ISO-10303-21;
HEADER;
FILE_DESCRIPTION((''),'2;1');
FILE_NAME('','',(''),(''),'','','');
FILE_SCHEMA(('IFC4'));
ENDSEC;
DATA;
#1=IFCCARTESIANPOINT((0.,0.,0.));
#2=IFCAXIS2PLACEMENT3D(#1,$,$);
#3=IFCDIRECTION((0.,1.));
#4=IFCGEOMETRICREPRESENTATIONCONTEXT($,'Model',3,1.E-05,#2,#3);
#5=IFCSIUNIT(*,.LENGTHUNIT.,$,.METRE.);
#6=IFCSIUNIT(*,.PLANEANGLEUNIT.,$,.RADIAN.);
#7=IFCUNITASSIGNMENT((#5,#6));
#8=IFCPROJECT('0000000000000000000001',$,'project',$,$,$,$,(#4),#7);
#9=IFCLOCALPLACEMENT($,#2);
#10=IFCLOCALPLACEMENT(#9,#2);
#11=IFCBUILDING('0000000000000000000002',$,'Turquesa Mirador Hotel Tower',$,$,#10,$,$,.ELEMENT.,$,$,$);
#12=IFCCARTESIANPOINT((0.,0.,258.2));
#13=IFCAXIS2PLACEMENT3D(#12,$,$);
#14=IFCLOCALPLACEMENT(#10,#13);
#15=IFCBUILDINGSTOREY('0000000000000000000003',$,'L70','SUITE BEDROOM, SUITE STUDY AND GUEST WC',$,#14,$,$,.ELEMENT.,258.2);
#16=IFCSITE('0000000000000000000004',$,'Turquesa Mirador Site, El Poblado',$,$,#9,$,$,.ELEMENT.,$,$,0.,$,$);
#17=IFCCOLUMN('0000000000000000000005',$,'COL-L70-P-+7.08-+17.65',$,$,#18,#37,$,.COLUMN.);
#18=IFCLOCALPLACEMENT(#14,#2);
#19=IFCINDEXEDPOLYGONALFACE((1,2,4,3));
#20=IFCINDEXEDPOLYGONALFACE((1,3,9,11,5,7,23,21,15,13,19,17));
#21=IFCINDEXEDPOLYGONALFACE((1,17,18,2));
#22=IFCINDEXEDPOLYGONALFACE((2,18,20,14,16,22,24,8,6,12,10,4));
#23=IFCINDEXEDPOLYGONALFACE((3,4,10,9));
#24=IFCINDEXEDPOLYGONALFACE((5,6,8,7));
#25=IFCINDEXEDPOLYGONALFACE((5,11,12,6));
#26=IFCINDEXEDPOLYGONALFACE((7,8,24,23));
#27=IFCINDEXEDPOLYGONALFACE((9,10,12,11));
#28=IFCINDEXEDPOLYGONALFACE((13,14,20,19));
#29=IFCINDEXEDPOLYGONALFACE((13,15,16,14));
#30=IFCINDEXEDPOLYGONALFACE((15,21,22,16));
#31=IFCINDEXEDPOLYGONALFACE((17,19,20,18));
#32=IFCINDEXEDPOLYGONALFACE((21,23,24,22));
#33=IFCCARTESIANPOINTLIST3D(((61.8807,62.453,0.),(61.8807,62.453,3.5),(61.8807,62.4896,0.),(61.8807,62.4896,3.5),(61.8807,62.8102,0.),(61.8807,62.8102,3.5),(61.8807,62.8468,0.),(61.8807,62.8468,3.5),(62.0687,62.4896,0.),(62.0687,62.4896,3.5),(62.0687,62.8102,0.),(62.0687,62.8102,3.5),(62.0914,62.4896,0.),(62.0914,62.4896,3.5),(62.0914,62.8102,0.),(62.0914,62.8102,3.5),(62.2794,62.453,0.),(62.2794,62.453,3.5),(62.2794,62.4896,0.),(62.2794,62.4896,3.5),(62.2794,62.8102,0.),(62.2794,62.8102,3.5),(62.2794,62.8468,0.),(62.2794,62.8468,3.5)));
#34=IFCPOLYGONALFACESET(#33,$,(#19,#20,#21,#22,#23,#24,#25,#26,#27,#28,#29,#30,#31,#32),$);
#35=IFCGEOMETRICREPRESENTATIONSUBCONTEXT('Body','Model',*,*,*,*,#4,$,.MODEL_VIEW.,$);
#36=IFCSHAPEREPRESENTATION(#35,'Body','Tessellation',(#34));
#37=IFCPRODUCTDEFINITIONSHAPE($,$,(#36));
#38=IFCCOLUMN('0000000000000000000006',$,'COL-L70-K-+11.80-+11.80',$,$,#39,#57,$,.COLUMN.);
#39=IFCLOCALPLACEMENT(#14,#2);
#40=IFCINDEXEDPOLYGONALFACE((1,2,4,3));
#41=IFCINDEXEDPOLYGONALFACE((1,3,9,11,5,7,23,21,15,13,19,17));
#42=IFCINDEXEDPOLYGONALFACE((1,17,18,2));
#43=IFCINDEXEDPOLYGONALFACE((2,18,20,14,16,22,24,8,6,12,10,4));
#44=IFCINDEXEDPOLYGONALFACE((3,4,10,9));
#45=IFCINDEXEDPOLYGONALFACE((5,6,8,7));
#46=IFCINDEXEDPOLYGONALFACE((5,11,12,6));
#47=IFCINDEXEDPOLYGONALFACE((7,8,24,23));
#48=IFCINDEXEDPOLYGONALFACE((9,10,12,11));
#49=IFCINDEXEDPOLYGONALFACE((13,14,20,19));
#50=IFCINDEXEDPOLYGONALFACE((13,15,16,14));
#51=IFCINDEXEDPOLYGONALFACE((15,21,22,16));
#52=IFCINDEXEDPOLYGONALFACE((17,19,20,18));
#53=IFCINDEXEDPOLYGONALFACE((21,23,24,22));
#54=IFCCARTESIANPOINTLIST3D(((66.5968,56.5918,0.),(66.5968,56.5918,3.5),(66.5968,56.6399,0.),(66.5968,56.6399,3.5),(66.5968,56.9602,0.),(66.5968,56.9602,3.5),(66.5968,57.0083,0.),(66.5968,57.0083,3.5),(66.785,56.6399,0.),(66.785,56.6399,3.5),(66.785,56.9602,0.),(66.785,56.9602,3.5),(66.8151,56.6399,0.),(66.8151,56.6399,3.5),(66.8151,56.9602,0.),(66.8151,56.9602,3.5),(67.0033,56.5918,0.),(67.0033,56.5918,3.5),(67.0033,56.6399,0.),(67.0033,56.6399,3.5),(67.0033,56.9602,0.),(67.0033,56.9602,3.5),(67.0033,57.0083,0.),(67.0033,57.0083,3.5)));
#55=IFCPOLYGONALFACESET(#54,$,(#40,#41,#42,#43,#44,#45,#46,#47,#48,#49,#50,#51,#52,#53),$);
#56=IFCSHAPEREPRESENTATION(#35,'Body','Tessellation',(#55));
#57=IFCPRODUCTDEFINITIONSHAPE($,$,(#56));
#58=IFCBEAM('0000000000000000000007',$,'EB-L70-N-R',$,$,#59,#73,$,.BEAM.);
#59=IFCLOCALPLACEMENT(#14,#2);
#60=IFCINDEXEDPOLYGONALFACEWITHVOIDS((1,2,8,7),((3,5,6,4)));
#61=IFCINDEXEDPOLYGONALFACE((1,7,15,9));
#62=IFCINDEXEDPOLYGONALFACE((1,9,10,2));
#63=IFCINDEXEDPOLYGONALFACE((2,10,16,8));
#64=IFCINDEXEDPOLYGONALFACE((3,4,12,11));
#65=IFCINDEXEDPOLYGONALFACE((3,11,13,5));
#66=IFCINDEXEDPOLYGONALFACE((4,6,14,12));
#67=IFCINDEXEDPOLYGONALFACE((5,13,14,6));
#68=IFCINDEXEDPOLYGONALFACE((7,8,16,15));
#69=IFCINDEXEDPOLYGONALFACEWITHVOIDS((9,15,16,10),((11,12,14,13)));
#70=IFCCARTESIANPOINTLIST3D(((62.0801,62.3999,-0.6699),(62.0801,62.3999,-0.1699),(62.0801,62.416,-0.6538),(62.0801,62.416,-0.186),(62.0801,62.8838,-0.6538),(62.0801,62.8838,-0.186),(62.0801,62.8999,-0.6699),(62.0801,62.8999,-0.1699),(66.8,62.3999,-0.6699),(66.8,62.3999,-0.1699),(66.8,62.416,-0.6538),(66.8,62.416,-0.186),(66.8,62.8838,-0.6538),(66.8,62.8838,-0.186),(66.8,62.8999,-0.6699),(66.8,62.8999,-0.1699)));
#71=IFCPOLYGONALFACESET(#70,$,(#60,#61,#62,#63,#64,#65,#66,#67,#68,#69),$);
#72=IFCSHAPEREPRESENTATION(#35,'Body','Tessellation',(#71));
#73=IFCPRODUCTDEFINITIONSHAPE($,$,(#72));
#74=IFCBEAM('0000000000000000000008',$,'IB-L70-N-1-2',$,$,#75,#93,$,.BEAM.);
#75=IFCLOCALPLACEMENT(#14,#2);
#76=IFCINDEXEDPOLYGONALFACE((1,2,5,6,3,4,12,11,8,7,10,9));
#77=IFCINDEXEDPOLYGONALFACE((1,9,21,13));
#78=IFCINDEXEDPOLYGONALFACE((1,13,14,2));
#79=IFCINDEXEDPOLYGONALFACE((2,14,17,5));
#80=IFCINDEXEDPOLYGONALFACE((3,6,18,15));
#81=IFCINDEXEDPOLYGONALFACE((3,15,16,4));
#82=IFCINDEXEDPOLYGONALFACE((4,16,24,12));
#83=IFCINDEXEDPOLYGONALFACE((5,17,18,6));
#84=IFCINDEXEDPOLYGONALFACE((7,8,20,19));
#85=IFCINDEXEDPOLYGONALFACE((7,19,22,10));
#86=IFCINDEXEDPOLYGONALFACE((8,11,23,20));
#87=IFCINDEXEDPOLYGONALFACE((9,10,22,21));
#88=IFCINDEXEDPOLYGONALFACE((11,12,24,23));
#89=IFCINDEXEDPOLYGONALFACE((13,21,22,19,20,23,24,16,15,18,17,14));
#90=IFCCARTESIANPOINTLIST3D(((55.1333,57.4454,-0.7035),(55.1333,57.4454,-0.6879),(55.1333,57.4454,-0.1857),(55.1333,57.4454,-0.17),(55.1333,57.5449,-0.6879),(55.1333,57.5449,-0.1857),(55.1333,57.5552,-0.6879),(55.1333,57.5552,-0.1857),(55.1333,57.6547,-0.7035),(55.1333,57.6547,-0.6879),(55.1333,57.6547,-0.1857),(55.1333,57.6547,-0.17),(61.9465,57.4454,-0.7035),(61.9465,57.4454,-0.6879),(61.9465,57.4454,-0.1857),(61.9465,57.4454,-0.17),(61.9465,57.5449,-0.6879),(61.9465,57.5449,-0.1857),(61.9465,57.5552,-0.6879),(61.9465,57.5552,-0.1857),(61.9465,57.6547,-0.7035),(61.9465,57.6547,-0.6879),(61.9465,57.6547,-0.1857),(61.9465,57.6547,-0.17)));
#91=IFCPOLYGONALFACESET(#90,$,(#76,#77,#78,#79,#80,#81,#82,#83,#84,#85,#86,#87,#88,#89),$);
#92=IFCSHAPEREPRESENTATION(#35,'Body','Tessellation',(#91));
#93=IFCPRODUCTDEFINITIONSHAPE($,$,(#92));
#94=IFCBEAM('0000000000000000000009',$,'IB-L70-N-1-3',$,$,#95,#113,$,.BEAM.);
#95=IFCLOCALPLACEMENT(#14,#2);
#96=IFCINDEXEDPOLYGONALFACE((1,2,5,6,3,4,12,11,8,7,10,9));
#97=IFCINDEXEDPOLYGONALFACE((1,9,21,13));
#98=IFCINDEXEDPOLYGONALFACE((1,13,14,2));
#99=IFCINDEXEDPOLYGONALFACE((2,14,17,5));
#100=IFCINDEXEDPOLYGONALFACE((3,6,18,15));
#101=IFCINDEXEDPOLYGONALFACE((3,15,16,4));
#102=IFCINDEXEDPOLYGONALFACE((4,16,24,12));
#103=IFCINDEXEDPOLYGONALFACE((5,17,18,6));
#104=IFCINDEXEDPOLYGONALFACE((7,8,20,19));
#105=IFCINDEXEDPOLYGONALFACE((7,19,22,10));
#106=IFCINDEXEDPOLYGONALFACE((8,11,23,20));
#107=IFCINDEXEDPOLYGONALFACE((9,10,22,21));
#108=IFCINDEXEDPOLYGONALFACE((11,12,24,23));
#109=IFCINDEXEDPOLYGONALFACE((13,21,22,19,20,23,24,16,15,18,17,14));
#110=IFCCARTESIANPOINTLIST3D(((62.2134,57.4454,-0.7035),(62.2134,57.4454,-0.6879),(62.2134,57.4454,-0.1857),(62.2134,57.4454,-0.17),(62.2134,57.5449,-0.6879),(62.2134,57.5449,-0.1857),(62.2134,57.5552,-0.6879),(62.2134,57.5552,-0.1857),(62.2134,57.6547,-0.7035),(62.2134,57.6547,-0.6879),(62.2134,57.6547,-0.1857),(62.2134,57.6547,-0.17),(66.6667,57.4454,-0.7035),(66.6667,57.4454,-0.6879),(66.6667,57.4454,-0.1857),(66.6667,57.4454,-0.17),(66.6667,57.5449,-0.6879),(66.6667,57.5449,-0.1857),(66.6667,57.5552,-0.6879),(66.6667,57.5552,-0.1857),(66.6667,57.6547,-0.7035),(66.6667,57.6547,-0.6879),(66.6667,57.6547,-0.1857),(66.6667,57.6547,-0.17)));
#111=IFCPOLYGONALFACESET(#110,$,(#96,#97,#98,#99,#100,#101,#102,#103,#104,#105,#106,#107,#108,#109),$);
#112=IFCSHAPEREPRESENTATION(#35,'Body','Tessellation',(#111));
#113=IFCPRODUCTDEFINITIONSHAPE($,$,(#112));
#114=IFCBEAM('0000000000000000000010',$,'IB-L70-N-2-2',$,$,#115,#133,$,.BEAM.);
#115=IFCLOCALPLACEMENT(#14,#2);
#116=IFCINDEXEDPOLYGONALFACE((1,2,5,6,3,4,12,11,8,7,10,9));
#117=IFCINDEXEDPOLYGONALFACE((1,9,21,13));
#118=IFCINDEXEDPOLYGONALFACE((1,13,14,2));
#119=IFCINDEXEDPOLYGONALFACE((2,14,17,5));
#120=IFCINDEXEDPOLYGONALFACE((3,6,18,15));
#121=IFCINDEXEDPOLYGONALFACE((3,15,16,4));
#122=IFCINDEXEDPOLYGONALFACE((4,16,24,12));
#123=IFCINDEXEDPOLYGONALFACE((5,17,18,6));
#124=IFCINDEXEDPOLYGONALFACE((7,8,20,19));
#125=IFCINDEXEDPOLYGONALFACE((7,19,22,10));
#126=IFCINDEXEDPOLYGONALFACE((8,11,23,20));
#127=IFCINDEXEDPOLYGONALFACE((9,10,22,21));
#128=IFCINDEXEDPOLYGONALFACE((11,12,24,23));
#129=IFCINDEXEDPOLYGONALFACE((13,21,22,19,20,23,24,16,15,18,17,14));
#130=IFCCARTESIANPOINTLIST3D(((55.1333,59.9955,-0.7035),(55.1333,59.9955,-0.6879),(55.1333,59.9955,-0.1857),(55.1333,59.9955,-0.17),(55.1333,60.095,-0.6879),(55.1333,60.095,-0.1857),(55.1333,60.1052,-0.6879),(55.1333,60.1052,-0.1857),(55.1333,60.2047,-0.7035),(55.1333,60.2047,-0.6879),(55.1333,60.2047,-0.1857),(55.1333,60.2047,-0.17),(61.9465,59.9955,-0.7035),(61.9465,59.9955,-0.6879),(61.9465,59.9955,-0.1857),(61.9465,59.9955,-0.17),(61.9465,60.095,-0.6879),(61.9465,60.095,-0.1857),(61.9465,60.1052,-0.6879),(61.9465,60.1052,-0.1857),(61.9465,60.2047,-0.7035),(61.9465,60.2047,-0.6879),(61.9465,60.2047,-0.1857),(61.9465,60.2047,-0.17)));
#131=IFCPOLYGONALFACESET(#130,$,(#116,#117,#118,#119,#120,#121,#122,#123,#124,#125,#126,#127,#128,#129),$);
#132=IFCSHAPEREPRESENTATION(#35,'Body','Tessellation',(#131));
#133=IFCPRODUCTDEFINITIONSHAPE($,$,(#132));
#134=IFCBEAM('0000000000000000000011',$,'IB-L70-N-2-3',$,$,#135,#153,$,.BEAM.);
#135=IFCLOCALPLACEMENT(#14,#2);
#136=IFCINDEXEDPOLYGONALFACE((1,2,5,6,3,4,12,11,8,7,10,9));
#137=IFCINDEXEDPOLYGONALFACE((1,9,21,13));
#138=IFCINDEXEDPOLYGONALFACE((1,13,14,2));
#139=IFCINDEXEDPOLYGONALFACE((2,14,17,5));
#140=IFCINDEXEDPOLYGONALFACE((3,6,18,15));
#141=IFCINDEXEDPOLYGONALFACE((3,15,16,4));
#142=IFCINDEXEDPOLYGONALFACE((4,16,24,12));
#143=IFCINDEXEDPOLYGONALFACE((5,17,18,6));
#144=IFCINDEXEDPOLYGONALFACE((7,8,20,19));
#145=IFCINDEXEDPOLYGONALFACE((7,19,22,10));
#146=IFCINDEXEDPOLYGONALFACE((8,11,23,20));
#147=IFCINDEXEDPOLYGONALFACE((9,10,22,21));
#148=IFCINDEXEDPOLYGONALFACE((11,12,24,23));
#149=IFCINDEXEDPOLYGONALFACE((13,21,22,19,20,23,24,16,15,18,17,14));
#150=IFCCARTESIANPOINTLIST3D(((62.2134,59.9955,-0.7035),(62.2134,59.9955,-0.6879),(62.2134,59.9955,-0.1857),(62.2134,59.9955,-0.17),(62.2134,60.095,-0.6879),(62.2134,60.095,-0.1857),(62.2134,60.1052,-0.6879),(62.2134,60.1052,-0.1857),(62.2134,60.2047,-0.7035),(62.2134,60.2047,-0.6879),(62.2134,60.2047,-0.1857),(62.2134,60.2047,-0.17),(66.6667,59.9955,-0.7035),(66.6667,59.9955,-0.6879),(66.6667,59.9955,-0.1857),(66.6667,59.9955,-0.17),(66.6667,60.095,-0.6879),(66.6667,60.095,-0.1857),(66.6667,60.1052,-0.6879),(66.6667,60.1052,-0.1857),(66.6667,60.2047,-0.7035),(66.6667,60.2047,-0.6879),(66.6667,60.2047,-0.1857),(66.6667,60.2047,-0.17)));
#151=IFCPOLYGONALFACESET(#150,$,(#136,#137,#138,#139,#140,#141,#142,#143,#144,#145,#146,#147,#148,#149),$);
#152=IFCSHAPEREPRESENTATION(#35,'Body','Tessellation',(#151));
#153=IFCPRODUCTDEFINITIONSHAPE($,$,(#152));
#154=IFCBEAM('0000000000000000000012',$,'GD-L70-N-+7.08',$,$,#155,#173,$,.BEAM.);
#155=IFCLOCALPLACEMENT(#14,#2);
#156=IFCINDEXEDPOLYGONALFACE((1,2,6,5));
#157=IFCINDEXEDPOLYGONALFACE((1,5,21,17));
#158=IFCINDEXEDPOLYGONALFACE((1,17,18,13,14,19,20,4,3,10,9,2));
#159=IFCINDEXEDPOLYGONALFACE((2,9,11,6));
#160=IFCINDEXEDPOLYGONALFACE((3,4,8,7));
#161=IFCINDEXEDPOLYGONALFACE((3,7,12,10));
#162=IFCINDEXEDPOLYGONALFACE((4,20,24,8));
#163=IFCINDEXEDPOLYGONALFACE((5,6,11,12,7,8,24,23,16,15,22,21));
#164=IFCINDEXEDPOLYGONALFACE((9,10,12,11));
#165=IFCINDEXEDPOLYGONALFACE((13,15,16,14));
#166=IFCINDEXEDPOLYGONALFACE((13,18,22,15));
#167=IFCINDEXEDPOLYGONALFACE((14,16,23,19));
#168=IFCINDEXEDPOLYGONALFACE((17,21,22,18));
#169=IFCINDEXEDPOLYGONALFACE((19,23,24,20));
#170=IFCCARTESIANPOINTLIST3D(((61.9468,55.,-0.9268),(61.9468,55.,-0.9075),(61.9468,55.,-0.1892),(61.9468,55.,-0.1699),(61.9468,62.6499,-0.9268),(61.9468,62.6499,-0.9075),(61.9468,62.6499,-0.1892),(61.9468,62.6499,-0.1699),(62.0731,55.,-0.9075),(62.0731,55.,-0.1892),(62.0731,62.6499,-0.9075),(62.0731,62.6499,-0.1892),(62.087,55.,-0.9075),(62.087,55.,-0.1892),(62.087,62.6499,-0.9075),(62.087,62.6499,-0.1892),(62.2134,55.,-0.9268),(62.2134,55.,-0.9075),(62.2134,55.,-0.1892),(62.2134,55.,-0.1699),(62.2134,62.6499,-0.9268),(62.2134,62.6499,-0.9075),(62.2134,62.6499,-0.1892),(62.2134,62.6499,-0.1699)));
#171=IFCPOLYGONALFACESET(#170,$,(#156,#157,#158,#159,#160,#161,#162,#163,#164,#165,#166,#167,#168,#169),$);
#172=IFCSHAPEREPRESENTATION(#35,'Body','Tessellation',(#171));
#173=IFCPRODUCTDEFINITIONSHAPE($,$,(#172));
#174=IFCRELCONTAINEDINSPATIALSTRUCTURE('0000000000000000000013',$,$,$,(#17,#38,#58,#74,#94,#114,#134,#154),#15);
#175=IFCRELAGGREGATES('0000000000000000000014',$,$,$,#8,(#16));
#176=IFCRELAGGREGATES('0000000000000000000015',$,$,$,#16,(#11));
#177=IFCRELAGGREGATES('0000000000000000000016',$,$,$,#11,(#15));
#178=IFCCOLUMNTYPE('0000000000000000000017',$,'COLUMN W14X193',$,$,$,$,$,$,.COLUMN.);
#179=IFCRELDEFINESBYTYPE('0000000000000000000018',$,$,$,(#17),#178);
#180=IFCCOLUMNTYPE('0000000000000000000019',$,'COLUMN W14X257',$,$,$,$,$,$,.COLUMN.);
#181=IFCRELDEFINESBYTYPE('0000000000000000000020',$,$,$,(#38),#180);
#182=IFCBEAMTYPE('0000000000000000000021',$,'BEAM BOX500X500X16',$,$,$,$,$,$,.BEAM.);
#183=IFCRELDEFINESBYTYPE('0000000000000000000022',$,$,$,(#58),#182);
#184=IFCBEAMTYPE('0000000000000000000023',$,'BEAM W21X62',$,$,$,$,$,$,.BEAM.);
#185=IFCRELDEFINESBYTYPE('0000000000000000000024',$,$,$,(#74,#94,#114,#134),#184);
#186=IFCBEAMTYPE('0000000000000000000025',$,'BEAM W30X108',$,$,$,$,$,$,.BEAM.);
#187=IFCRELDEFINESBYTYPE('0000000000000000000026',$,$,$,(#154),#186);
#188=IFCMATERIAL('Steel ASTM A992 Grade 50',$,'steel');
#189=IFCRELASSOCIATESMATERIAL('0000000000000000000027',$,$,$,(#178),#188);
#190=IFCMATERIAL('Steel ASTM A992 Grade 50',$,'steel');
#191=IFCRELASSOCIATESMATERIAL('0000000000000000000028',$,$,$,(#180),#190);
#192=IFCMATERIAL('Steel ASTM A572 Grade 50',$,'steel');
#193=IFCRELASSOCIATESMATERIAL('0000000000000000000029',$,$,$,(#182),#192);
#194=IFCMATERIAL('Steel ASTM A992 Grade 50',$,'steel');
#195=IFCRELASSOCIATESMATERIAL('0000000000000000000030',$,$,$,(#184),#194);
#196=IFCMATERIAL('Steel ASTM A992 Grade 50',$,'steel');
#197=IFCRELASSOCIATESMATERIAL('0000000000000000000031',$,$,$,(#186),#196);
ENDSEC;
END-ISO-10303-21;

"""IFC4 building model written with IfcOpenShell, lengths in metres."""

from ifc_helpers import new_model, si_unit, direction, frame, origin, origin_2d, place, context, subcontext, project, spatial, hollow_rectangle, i_section, extrude, material, material_profile, profile_set, type_object, element, save


model = new_model("IFC4")

# Units and contexts
model_context = context("Model", 3, precision=1e-05, world=origin(), true_north=direction((0.0, 1.0)))
body_context = subcontext(model_context, "Body", "Model", "MODEL_VIEW")
ifc_project = project(units=[si_unit("LENGTHUNIT", "METRE"), si_unit("PLANEANGLEUNIT", "RADIAN")], contexts=[model_context])

# Site, building, storey
site_placement = place(None, origin())
site = spatial("IfcSite", under=ifc_project, at=site_placement, Name="Turquesa Mirador Site, El Poblado", CompositionType="ELEMENT", RefElevation=0.0)
building_placement = place(site_placement, origin())
building = spatial("IfcBuilding", under=site, at=building_placement, Name="Turquesa Mirador Hotel Tower", CompositionType="ELEMENT")
storey_placement = place(building_placement, frame((0.0, 0.0, 258.2)))
storey = spatial("IfcBuildingStorey", under=building, at=storey_placement, Name="L70", Description="SUITE BEDROOM, SUITE STUDY AND GUEST WC", CompositionType="ELEMENT", Elevation=258.2)

# Columns
ifc_material_1 = material(Name="Steel ASTM A992 Grade 50", Category="steel")
ifc_material_profile_1 = material_profile(ifc_material_1, i_section(OverallWidth=0.3987, OverallDepth=0.3938, WebThickness=0.0227, FlangeThickness=0.0366, at=origin_2d()), Name="W14X193")
ifc_profile_set_1 = profile_set([ifc_material_profile_1], Name="Steel ASTM A992 Grade 50")
column_type_1 = type_object("IfcColumnType", Name="COLUMN W14X193", PredefinedType="COLUMN", material=ifc_profile_set_1)
column_1_placement = place(storey_placement, frame((62.0801, 62.6499, 0.0), z_axis=(0.0, 0.0, 1.0), x_axis=(1.0, 0.0, 0.0)))
element("IfcColumn", 1, at=column_1_placement, inside=storey, type_object=column_type_1, Name="COL-L70-P-+7.08-+17.65", PredefinedType="COLUMN", context=body_context, shape_type="SweptSolid", body=[
    extrude(i_section(OverallWidth=0.3987, OverallDepth=0.3938, WebThickness=0.0227, FlangeThickness=0.0366, at=origin_2d()), origin(), (0.0, 0.0, 1.0), 3.5),
])
ifc_material_2 = material(Name="Steel ASTM A992 Grade 50", Category="steel")
ifc_material_profile_2 = material_profile(ifc_material_2, i_section(OverallWidth=0.4065, OverallDepth=0.4165, WebThickness=0.03, FlangeThickness=0.0481, at=origin_2d()), Name="W14X257")
ifc_profile_set_2 = profile_set([ifc_material_profile_2], Name="Steel ASTM A992 Grade 50")
column_type_2 = type_object("IfcColumnType", Name="COLUMN W14X257", PredefinedType="COLUMN", material=ifc_profile_set_2)
column_2_placement = place(storey_placement, frame((66.8, 56.8, 0.0), z_axis=(0.0, 0.0, 1.0), x_axis=(1.0, 0.0, 0.0)))
element("IfcColumn", 2, at=column_2_placement, inside=storey, type_object=column_type_2, Name="COL-L70-K-+11.80-+11.80", PredefinedType="COLUMN", context=body_context, shape_type="SweptSolid", body=[
    extrude(i_section(OverallWidth=0.4065, OverallDepth=0.4165, WebThickness=0.03, FlangeThickness=0.0481, at=origin_2d()), origin(), (0.0, 0.0, 1.0), 3.5),
])

# Beams
ifc_material_3 = material(Name="Steel ASTM A572 Grade 50", Category="steel")
ifc_material_profile_3 = material_profile(ifc_material_3, hollow_rectangle(XDim=0.5, YDim=0.5, WallThickness=0.0161, at=origin_2d()), Name="BOX500X500X16")
ifc_profile_set_3 = profile_set([ifc_material_profile_3], Name="Steel ASTM A572 Grade 50")
beam_type_1 = type_object("IfcBeamType", Name="BEAM BOX500X500X16", PredefinedType="BEAM", material=ifc_profile_set_3)
beam_1_placement = place(storey_placement, frame((62.0801, 62.6499, -0.4199), z_axis=(1.0, 0.0, 0.0), x_axis=(0.0, 1.0, 0.0)))
element("IfcBeam", 3, at=beam_1_placement, inside=storey, type_object=beam_type_1, Name="EB-L70-N-R", PredefinedType="BEAM", context=body_context, shape_type="SweptSolid", body=[
    extrude(hollow_rectangle(XDim=0.5, YDim=0.5, WallThickness=0.0161, at=origin_2d()), origin(), (0.0, 0.0, 1.0), 4.72),
])
ifc_material_4 = material(Name="Steel ASTM A992 Grade 50", Category="steel")
ifc_material_profile_4 = material_profile(ifc_material_4, i_section(OverallWidth=0.2092, OverallDepth=0.5334, WebThickness=0.0103, FlangeThickness=0.0156, at=origin_2d()), Name="W21X62")
ifc_profile_set_4 = profile_set([ifc_material_profile_4], Name="Steel ASTM A992 Grade 50")
beam_type_2 = type_object("IfcBeamType", Name="BEAM W21X62", PredefinedType="BEAM", material=ifc_profile_set_4)
beam_2_placement = place(storey_placement, frame((55.1333, 57.55, -0.4368), z_axis=(1.0, 0.0, 0.0), x_axis=(0.0, 1.0, 0.0)))
element("IfcBeam", 4, at=beam_2_placement, inside=storey, type_object=beam_type_2, Name="IB-L70-N-1-2", PredefinedType="BEAM", context=body_context, shape_type="SweptSolid", body=[
    extrude(i_section(OverallWidth=0.2092, OverallDepth=0.5334, WebThickness=0.0103, FlangeThickness=0.0156, at=origin_2d()), origin(), (0.0, 0.0, 1.0), 6.8132),
])
beam_3_placement = place(storey_placement, frame((62.2134, 57.55, -0.4368), z_axis=(1.0, 0.0, 0.0), x_axis=(0.0, 1.0, 0.0)))
element("IfcBeam", 5, at=beam_3_placement, inside=storey, type_object=beam_type_2, Name="IB-L70-N-1-3", PredefinedType="BEAM", context=body_context, shape_type="SweptSolid", body=[
    extrude(i_section(OverallWidth=0.2092, OverallDepth=0.5334, WebThickness=0.0103, FlangeThickness=0.0156, at=origin_2d()), origin(), (0.0, 0.0, 1.0), 4.4534),
])
beam_4_placement = place(storey_placement, frame((55.1333, 60.1001, -0.4368), z_axis=(1.0, 0.0, 0.0), x_axis=(0.0, 1.0, 0.0)))
element("IfcBeam", 6, at=beam_4_placement, inside=storey, type_object=beam_type_2, Name="IB-L70-N-2-2", PredefinedType="BEAM", context=body_context, shape_type="SweptSolid", body=[
    extrude(i_section(OverallWidth=0.2092, OverallDepth=0.5334, WebThickness=0.0103, FlangeThickness=0.0156, at=origin_2d()), origin(), (0.0, 0.0, 1.0), 6.8132),
])
beam_5_placement = place(storey_placement, frame((62.2134, 60.1001, -0.4368), z_axis=(1.0, 0.0, 0.0), x_axis=(0.0, 1.0, 0.0)))
element("IfcBeam", 7, at=beam_5_placement, inside=storey, type_object=beam_type_2, Name="IB-L70-N-2-3", PredefinedType="BEAM", context=body_context, shape_type="SweptSolid", body=[
    extrude(i_section(OverallWidth=0.2092, OverallDepth=0.5334, WebThickness=0.0103, FlangeThickness=0.0156, at=origin_2d()), origin(), (0.0, 0.0, 1.0), 4.4534),
])
ifc_material_5 = material(Name="Steel ASTM A992 Grade 50", Category="steel")
ifc_material_profile_5 = material_profile(ifc_material_5, i_section(OverallWidth=0.2666, OverallDepth=0.7568, WebThickness=0.0139, FlangeThickness=0.0193, at=origin_2d()), Name="W30X108")
ifc_profile_set_5 = profile_set([ifc_material_profile_5], Name="Steel ASTM A992 Grade 50")
beam_type_3 = type_object("IfcBeamType", Name="BEAM W30X108", PredefinedType="BEAM", material=ifc_profile_set_5)
for number, where, z_axis, x_axis, name in (
    (8, (62.0801, 62.6499, -0.5483), (0.0, -1.0, 0.0), (1.0, 0.0, 0.0), "GD-L70-N-+7.08"),
):
    element("IfcBeam", number, at=place(storey_placement, frame(where, z_axis=z_axis, x_axis=x_axis)), inside=storey, type_object=beam_type_3, Name=name, PredefinedType="BEAM", context=body_context, shape_type="SweptSolid", body=[
        extrude(i_section(OverallWidth=0.2666, OverallDepth=0.7568, WebThickness=0.0139, FlangeThickness=0.0193, at=origin_2d()), origin(), (0.0, 0.0, 1.0), 7.6499),
    ])

save(model, "model.ifc")
